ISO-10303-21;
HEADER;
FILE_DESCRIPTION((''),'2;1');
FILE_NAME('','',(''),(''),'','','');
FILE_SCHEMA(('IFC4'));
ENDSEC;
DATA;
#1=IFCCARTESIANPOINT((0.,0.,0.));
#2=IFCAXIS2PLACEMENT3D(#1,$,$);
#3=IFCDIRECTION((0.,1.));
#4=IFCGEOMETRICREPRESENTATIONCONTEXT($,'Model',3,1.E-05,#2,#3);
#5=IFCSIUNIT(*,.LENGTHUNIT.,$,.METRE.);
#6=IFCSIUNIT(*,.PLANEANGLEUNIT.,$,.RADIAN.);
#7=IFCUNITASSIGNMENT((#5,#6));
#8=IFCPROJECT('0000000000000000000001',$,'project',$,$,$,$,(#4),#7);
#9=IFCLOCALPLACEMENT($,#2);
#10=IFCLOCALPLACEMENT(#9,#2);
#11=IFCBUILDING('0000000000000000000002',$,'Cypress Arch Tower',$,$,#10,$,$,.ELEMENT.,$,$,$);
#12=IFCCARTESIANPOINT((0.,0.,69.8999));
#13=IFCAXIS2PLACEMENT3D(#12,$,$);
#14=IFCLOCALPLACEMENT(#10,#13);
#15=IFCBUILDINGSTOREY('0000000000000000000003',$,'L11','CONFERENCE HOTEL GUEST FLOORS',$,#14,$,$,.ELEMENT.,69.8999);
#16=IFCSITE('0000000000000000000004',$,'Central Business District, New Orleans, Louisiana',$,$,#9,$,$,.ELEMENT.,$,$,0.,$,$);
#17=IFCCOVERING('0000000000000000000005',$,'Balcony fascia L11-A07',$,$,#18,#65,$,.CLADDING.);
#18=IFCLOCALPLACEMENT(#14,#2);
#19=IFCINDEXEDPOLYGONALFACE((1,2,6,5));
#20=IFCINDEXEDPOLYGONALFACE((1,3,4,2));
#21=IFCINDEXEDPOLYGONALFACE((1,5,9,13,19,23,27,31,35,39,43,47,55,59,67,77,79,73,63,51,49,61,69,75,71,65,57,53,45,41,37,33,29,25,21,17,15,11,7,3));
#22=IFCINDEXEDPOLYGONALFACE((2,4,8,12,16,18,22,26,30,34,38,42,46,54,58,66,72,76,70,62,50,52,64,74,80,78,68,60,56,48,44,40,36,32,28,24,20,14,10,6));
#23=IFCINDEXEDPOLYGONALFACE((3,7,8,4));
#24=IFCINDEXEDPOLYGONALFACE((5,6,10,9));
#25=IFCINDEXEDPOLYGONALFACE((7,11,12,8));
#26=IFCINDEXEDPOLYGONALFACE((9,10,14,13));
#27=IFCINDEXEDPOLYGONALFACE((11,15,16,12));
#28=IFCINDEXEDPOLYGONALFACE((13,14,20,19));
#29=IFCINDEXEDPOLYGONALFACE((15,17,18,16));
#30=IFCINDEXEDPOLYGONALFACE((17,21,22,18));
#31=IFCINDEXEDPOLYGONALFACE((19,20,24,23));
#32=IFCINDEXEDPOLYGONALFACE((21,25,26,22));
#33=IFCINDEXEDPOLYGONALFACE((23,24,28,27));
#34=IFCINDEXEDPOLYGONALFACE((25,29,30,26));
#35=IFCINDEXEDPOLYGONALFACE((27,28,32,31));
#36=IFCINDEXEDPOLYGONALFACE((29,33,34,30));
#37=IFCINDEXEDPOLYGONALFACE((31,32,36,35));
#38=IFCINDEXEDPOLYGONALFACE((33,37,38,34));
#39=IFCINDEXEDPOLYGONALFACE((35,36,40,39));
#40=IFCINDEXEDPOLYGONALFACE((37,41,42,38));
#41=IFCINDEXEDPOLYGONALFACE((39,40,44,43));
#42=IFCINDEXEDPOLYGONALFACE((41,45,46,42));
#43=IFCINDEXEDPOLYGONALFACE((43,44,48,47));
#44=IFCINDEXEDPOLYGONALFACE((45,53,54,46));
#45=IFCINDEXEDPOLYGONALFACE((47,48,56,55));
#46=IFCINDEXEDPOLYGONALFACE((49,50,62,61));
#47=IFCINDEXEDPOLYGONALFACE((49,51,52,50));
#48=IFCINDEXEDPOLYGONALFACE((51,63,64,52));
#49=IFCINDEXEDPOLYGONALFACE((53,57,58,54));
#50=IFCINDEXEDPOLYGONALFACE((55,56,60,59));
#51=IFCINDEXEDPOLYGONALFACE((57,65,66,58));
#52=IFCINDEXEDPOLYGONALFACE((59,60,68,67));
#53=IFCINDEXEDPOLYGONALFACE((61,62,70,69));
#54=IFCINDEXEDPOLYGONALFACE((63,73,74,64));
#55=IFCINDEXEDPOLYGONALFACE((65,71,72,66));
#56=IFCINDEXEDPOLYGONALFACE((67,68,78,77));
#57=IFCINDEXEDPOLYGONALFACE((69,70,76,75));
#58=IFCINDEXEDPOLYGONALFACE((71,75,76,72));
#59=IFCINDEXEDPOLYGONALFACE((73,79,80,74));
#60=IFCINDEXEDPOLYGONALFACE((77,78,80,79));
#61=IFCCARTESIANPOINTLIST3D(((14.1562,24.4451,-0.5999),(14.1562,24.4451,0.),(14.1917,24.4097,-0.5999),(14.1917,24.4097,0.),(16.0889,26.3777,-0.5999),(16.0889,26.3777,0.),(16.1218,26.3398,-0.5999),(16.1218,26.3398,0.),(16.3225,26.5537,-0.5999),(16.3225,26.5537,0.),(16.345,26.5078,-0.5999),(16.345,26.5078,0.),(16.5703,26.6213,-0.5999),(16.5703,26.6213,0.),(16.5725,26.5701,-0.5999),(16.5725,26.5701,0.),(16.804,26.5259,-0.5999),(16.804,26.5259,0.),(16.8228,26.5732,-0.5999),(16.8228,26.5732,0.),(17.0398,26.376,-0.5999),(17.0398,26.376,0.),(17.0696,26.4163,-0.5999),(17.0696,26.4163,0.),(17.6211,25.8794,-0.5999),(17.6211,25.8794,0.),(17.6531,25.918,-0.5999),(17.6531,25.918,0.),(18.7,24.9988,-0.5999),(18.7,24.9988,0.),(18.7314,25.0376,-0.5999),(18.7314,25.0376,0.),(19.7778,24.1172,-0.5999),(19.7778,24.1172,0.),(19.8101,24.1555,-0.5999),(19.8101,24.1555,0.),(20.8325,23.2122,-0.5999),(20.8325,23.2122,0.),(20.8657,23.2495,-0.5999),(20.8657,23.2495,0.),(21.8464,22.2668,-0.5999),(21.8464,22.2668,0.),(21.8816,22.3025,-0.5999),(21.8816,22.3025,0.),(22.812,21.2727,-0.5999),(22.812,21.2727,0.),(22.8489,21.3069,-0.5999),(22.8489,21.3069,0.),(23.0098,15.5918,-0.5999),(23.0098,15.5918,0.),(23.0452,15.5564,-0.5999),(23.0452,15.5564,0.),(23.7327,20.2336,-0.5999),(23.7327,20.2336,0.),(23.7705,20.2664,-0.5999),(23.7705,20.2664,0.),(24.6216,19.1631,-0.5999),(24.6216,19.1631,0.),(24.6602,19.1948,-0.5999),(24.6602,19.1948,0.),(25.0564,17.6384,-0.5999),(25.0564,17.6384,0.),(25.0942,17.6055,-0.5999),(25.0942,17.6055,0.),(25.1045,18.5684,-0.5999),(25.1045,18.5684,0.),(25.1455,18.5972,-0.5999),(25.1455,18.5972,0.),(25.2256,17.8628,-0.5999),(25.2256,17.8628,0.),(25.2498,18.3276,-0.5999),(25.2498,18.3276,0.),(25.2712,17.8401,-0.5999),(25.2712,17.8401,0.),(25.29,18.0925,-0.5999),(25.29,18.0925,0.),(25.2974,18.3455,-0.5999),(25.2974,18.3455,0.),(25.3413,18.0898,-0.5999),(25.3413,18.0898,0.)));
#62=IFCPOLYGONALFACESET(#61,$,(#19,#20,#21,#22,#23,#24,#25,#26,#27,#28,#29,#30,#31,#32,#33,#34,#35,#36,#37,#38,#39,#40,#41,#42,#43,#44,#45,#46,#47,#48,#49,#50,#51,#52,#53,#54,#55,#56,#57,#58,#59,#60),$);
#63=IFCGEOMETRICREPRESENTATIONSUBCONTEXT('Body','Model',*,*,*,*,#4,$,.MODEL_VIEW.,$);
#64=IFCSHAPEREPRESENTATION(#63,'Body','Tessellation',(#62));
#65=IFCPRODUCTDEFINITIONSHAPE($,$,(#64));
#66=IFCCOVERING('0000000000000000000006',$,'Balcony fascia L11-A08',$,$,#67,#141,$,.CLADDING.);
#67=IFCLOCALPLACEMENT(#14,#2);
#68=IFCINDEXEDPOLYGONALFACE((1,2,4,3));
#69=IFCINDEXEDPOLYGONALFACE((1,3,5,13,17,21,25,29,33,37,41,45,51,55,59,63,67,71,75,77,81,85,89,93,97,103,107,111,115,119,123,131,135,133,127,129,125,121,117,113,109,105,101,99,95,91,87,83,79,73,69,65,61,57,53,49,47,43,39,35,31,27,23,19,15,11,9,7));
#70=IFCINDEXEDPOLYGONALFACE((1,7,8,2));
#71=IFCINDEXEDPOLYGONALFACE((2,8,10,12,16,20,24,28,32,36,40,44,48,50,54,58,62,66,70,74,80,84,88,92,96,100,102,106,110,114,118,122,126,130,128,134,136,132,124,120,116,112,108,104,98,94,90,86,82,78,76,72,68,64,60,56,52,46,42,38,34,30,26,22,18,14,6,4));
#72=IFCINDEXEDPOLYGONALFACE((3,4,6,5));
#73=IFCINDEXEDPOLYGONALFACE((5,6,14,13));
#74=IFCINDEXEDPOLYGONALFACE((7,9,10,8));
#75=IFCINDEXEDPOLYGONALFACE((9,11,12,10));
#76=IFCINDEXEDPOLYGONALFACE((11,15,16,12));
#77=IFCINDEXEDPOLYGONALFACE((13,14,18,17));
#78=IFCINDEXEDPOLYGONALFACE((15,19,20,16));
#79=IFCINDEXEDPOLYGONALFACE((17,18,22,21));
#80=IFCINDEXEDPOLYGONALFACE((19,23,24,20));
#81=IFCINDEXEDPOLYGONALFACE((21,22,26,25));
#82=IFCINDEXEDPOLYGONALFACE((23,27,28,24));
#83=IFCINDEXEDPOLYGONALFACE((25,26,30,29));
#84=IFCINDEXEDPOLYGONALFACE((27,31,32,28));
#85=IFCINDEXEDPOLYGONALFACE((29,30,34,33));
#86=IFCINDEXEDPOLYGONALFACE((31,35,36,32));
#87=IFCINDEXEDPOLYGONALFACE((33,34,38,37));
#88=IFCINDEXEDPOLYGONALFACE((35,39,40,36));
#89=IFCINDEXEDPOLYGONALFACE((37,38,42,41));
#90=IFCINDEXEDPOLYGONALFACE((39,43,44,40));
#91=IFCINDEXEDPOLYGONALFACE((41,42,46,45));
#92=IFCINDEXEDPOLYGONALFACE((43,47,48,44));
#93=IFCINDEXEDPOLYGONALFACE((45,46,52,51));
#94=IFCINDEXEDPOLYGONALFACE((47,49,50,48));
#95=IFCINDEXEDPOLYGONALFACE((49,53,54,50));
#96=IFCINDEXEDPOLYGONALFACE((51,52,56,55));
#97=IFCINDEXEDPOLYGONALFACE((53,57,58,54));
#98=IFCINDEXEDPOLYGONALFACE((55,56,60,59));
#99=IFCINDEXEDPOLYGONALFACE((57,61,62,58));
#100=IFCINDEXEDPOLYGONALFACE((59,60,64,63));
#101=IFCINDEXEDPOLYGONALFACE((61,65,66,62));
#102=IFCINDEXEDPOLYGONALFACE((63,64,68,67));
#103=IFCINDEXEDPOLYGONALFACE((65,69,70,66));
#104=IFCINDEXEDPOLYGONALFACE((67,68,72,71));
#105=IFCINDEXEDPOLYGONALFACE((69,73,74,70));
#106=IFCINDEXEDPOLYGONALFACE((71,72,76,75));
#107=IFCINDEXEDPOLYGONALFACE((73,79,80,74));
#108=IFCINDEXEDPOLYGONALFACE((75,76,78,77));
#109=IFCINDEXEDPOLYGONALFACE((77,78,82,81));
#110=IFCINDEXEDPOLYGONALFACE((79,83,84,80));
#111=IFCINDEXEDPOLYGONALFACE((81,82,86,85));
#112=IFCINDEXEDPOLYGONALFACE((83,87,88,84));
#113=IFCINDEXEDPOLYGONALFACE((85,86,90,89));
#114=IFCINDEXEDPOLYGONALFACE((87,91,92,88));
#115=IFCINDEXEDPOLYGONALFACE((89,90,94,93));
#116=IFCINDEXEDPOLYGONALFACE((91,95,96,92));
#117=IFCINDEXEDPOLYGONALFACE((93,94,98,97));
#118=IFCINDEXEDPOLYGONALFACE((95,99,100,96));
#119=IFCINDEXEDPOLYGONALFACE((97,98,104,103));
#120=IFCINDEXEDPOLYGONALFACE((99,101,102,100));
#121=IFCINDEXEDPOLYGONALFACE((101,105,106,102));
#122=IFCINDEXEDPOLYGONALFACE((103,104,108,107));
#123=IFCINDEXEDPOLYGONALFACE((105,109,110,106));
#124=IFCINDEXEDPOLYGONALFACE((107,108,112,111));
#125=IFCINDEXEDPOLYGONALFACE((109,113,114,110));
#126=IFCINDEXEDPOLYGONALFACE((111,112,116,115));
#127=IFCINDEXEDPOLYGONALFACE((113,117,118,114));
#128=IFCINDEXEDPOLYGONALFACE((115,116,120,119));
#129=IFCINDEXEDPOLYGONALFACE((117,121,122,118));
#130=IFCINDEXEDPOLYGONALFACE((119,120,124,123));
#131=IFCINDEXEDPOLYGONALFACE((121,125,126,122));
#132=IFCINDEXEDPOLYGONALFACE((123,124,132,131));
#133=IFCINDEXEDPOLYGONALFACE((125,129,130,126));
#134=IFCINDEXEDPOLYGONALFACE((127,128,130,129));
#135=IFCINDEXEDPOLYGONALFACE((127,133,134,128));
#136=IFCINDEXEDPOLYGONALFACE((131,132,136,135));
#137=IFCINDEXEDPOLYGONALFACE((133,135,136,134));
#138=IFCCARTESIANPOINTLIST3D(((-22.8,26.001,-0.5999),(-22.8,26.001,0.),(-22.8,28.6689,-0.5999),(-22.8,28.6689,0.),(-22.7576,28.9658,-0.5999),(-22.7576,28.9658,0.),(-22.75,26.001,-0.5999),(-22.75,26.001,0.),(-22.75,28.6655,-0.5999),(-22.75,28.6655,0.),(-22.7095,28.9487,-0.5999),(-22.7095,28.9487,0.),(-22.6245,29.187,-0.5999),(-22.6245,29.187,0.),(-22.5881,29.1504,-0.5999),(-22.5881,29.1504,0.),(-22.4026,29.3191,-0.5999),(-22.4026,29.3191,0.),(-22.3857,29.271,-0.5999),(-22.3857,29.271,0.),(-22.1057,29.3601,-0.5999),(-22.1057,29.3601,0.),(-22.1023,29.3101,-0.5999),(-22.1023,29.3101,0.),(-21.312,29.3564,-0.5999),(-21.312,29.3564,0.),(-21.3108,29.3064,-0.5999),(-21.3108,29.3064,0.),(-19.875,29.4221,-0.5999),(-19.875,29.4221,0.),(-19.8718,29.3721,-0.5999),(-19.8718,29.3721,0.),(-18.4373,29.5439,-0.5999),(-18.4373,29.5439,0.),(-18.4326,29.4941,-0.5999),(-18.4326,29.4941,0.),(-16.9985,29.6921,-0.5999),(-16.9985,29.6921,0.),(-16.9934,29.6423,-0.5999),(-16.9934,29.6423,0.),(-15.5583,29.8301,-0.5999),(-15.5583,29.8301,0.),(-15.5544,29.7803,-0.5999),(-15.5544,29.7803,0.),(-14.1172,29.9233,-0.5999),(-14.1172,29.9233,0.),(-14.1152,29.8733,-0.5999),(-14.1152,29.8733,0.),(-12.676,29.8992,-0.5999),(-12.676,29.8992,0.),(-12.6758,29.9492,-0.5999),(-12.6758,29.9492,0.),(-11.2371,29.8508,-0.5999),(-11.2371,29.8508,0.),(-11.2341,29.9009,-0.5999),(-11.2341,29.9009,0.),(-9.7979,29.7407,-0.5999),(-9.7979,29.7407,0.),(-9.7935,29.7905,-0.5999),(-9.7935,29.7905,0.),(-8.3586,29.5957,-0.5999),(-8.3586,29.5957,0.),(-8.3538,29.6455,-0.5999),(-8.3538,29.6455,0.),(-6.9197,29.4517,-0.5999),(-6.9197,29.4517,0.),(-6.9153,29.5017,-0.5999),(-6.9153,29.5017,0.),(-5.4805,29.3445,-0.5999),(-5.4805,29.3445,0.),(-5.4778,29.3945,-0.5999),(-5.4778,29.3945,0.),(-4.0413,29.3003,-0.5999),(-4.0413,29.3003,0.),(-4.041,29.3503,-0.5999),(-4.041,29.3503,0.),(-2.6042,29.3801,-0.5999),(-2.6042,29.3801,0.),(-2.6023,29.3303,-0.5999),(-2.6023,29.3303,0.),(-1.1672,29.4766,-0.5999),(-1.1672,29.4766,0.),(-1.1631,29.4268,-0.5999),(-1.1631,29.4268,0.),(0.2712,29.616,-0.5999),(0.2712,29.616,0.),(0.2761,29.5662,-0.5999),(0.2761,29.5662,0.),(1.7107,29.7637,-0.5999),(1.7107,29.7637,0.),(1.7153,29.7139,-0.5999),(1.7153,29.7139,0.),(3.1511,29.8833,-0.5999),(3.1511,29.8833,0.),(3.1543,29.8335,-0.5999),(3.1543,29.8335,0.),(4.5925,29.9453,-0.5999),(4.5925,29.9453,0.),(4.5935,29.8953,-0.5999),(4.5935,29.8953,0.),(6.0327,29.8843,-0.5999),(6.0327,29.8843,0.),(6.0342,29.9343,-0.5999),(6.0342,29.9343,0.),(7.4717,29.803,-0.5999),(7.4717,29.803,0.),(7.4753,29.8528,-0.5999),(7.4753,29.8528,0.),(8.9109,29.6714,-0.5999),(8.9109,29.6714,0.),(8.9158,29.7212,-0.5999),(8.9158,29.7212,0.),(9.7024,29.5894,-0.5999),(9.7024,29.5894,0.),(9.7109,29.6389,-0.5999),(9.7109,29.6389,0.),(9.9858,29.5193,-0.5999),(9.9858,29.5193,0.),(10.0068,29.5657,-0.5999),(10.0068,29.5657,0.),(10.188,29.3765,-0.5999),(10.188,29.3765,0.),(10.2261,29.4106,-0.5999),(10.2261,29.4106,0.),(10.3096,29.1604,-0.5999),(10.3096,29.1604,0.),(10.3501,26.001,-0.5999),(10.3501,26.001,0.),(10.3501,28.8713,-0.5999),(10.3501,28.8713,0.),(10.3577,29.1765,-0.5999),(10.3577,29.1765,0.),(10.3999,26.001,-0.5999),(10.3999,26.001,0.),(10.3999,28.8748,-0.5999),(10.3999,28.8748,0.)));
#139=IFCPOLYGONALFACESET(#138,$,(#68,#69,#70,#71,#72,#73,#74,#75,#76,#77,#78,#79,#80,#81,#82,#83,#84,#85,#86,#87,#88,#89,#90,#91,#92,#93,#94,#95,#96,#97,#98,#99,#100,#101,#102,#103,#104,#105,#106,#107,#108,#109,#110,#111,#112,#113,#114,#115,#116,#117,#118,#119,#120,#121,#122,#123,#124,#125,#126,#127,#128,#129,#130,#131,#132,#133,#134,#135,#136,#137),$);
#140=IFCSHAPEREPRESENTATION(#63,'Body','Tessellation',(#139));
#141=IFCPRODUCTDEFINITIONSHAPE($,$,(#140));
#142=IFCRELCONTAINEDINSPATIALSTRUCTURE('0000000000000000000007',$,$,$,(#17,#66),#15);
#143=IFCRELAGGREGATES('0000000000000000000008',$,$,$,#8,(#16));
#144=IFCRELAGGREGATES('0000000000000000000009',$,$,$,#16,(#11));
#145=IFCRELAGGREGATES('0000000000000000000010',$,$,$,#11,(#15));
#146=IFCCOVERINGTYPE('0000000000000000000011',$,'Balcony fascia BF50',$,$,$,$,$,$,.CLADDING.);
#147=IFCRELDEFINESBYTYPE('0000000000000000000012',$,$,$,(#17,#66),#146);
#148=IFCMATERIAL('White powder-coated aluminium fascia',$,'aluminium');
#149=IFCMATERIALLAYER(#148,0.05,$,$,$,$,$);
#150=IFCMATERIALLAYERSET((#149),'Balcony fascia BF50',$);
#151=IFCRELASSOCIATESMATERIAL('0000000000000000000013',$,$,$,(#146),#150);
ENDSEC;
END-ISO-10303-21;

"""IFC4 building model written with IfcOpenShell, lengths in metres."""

from ifc_helpers import new_model, si_unit, direction, frame, origin, place, context, subcontext, project, spatial, polyline, outline, extrude, material, layer, layer_set, type_object, element, save


model = new_model("IFC4")

# Units and contexts
model_context = context("Model", 3, precision=1e-05, world=origin(), true_north=direction((0.0, 1.0)))
body_context = subcontext(model_context, "Body", "Model", "MODEL_VIEW")
ifc_project = project(units=[si_unit("LENGTHUNIT", "METRE"), si_unit("PLANEANGLEUNIT", "RADIAN")], contexts=[model_context])

# Site, building, storey
site_placement = place(None, origin())
site = spatial("IfcSite", under=ifc_project, at=site_placement, Name="Central Business District, New Orleans, Louisiana", CompositionType="ELEMENT", RefElevation=0.0)
building_placement = place(site_placement, origin())
building = spatial("IfcBuilding", under=site, at=building_placement, Name="Cypress Arch Tower", CompositionType="ELEMENT")
storey_placement = place(building_placement, frame((0.0, 0.0, 69.8999)))
storey = spatial("IfcBuildingStorey", under=building, at=storey_placement, Name="L11", Description="CONFERENCE HOTEL GUEST FLOORS", CompositionType="ELEMENT", Elevation=69.8999)

# Coverings
ifc_material_1 = material(Name="White powder-coated aluminium fascia", Category="aluminium")
ifc_layer_1 = layer(ifc_material_1, 0.05)
ifc_layer_set_1 = layer_set([ifc_layer_1], Name="Balcony fascia BF50")
covering_type_1 = type_object("IfcCoveringType", Name="Balcony fascia BF50", PredefinedType="CLADDING", material=ifc_layer_set_1)
covering_1_placement = place(storey_placement, frame((0.0, 0.0, -0.5999)))
element("IfcCovering", 1, at=covering_1_placement, inside=storey, type_object=covering_type_1, Name="Balcony fascia L11-A07", PredefinedType="CLADDING", context=body_context, shape_type="SweptSolid", body=[
    extrude(outline(polyline([(16.0889, 26.3777), (16.3225, 26.5537), (16.5703, 26.6213), (16.8228, 26.5732), (17.0696, 26.4163), (17.6531, 25.918), (18.7314, 25.0376), (19.8101, 24.1555), (20.8657, 23.2495), (21.8816, 22.3025), (22.8489, 21.3069), (23.7705, 20.2664), (24.6602, 19.1948), (25.1455, 18.5972), (25.2974, 18.3455), (25.3413, 18.0898), (25.2712, 17.8401), (25.0942, 17.6055), (23.0452, 15.5564), (23.0098, 15.5918), (25.0564, 17.6384), (25.2256, 17.8628), (25.29, 18.0925), (25.2498, 18.3276), (25.1045, 18.5684), (24.6216, 19.1631), (23.7327, 20.2336), (22.812, 21.2727), (21.8464, 22.2668), (20.8325, 23.2122), (19.7778, 24.1172), (18.7, 24.9988), (17.6211, 25.8794), (17.0398, 26.376), (16.804, 26.5259), (16.5725, 26.5701), (16.345, 26.5078), (16.1218, 26.3398), (14.1917, 24.4097), (14.1562, 24.4451), (16.0889, 26.3777)])), origin(), (0.0, 0.0, 1.0), 0.5999),
])
covering_2_placement = place(storey_placement, frame((0.0, 0.0, -0.5999)))
element("IfcCovering", 2, at=covering_2_placement, inside=storey, type_object=covering_type_1, Name="Balcony fascia L11-A08", PredefinedType="CLADDING", context=body_context, shape_type="SweptSolid", body=[
    extrude(outline(polyline([(-22.8, 28.6689), (-22.7576, 28.9658), (-22.6245, 29.187), (-22.4026, 29.3191), (-22.1057, 29.3601), (-21.312, 29.3564), (-19.875, 29.4221), (-18.4373, 29.5439), (-16.9985, 29.6921), (-15.5583, 29.8301), (-14.1172, 29.9233), (-12.6758, 29.9492), (-11.2341, 29.9009), (-9.7935, 29.7905), (-8.3538, 29.6455), (-6.9153, 29.5017), (-5.4778, 29.3945), (-4.041, 29.3503), (-2.6042, 29.3801), (-1.1672, 29.4766), (0.2712, 29.616), (1.7107, 29.7637), (3.1511, 29.8833), (4.5925, 29.9453), (6.0342, 29.9343), (7.4753, 29.8528), (8.9158, 29.7212), (9.7109, 29.6389), (10.0068, 29.5657), (10.2261, 29.4106), (10.3577, 29.1765), (10.3999, 28.8748), (10.3999, 26.001), (10.3501, 26.001), (10.3501, 28.8713), (10.3096, 29.1604), (10.188, 29.3765), (9.9858, 29.5193), (9.7024, 29.5894), (8.9109, 29.6714), (7.4717, 29.803), (6.0327, 29.8843), (4.5935, 29.8953), (3.1543, 29.8335), (1.7153, 29.7139), (0.2761, 29.5662), (-1.1631, 29.4268), (-2.6023, 29.3303), (-4.0413, 29.3003), (-5.4805, 29.3445), (-6.9197, 29.4517), (-8.3586, 29.5957), (-9.7979, 29.7407), (-11.2371, 29.8508), (-12.676, 29.8992), (-14.1152, 29.8733), (-15.5544, 29.7803), (-16.9934, 29.6423), (-18.4326, 29.4941), (-19.8718, 29.3721), (-21.3108, 29.3064), (-22.1023, 29.3101), (-22.3857, 29.271), (-22.5881, 29.1504), (-22.7095, 28.9487), (-22.75, 28.6655), (-22.75, 26.001), (-22.8, 26.001), (-22.8, 28.6689)])), origin(), (0.0, 0.0, 1.0), 0.5999),
])

save(model, "model.ifc")
